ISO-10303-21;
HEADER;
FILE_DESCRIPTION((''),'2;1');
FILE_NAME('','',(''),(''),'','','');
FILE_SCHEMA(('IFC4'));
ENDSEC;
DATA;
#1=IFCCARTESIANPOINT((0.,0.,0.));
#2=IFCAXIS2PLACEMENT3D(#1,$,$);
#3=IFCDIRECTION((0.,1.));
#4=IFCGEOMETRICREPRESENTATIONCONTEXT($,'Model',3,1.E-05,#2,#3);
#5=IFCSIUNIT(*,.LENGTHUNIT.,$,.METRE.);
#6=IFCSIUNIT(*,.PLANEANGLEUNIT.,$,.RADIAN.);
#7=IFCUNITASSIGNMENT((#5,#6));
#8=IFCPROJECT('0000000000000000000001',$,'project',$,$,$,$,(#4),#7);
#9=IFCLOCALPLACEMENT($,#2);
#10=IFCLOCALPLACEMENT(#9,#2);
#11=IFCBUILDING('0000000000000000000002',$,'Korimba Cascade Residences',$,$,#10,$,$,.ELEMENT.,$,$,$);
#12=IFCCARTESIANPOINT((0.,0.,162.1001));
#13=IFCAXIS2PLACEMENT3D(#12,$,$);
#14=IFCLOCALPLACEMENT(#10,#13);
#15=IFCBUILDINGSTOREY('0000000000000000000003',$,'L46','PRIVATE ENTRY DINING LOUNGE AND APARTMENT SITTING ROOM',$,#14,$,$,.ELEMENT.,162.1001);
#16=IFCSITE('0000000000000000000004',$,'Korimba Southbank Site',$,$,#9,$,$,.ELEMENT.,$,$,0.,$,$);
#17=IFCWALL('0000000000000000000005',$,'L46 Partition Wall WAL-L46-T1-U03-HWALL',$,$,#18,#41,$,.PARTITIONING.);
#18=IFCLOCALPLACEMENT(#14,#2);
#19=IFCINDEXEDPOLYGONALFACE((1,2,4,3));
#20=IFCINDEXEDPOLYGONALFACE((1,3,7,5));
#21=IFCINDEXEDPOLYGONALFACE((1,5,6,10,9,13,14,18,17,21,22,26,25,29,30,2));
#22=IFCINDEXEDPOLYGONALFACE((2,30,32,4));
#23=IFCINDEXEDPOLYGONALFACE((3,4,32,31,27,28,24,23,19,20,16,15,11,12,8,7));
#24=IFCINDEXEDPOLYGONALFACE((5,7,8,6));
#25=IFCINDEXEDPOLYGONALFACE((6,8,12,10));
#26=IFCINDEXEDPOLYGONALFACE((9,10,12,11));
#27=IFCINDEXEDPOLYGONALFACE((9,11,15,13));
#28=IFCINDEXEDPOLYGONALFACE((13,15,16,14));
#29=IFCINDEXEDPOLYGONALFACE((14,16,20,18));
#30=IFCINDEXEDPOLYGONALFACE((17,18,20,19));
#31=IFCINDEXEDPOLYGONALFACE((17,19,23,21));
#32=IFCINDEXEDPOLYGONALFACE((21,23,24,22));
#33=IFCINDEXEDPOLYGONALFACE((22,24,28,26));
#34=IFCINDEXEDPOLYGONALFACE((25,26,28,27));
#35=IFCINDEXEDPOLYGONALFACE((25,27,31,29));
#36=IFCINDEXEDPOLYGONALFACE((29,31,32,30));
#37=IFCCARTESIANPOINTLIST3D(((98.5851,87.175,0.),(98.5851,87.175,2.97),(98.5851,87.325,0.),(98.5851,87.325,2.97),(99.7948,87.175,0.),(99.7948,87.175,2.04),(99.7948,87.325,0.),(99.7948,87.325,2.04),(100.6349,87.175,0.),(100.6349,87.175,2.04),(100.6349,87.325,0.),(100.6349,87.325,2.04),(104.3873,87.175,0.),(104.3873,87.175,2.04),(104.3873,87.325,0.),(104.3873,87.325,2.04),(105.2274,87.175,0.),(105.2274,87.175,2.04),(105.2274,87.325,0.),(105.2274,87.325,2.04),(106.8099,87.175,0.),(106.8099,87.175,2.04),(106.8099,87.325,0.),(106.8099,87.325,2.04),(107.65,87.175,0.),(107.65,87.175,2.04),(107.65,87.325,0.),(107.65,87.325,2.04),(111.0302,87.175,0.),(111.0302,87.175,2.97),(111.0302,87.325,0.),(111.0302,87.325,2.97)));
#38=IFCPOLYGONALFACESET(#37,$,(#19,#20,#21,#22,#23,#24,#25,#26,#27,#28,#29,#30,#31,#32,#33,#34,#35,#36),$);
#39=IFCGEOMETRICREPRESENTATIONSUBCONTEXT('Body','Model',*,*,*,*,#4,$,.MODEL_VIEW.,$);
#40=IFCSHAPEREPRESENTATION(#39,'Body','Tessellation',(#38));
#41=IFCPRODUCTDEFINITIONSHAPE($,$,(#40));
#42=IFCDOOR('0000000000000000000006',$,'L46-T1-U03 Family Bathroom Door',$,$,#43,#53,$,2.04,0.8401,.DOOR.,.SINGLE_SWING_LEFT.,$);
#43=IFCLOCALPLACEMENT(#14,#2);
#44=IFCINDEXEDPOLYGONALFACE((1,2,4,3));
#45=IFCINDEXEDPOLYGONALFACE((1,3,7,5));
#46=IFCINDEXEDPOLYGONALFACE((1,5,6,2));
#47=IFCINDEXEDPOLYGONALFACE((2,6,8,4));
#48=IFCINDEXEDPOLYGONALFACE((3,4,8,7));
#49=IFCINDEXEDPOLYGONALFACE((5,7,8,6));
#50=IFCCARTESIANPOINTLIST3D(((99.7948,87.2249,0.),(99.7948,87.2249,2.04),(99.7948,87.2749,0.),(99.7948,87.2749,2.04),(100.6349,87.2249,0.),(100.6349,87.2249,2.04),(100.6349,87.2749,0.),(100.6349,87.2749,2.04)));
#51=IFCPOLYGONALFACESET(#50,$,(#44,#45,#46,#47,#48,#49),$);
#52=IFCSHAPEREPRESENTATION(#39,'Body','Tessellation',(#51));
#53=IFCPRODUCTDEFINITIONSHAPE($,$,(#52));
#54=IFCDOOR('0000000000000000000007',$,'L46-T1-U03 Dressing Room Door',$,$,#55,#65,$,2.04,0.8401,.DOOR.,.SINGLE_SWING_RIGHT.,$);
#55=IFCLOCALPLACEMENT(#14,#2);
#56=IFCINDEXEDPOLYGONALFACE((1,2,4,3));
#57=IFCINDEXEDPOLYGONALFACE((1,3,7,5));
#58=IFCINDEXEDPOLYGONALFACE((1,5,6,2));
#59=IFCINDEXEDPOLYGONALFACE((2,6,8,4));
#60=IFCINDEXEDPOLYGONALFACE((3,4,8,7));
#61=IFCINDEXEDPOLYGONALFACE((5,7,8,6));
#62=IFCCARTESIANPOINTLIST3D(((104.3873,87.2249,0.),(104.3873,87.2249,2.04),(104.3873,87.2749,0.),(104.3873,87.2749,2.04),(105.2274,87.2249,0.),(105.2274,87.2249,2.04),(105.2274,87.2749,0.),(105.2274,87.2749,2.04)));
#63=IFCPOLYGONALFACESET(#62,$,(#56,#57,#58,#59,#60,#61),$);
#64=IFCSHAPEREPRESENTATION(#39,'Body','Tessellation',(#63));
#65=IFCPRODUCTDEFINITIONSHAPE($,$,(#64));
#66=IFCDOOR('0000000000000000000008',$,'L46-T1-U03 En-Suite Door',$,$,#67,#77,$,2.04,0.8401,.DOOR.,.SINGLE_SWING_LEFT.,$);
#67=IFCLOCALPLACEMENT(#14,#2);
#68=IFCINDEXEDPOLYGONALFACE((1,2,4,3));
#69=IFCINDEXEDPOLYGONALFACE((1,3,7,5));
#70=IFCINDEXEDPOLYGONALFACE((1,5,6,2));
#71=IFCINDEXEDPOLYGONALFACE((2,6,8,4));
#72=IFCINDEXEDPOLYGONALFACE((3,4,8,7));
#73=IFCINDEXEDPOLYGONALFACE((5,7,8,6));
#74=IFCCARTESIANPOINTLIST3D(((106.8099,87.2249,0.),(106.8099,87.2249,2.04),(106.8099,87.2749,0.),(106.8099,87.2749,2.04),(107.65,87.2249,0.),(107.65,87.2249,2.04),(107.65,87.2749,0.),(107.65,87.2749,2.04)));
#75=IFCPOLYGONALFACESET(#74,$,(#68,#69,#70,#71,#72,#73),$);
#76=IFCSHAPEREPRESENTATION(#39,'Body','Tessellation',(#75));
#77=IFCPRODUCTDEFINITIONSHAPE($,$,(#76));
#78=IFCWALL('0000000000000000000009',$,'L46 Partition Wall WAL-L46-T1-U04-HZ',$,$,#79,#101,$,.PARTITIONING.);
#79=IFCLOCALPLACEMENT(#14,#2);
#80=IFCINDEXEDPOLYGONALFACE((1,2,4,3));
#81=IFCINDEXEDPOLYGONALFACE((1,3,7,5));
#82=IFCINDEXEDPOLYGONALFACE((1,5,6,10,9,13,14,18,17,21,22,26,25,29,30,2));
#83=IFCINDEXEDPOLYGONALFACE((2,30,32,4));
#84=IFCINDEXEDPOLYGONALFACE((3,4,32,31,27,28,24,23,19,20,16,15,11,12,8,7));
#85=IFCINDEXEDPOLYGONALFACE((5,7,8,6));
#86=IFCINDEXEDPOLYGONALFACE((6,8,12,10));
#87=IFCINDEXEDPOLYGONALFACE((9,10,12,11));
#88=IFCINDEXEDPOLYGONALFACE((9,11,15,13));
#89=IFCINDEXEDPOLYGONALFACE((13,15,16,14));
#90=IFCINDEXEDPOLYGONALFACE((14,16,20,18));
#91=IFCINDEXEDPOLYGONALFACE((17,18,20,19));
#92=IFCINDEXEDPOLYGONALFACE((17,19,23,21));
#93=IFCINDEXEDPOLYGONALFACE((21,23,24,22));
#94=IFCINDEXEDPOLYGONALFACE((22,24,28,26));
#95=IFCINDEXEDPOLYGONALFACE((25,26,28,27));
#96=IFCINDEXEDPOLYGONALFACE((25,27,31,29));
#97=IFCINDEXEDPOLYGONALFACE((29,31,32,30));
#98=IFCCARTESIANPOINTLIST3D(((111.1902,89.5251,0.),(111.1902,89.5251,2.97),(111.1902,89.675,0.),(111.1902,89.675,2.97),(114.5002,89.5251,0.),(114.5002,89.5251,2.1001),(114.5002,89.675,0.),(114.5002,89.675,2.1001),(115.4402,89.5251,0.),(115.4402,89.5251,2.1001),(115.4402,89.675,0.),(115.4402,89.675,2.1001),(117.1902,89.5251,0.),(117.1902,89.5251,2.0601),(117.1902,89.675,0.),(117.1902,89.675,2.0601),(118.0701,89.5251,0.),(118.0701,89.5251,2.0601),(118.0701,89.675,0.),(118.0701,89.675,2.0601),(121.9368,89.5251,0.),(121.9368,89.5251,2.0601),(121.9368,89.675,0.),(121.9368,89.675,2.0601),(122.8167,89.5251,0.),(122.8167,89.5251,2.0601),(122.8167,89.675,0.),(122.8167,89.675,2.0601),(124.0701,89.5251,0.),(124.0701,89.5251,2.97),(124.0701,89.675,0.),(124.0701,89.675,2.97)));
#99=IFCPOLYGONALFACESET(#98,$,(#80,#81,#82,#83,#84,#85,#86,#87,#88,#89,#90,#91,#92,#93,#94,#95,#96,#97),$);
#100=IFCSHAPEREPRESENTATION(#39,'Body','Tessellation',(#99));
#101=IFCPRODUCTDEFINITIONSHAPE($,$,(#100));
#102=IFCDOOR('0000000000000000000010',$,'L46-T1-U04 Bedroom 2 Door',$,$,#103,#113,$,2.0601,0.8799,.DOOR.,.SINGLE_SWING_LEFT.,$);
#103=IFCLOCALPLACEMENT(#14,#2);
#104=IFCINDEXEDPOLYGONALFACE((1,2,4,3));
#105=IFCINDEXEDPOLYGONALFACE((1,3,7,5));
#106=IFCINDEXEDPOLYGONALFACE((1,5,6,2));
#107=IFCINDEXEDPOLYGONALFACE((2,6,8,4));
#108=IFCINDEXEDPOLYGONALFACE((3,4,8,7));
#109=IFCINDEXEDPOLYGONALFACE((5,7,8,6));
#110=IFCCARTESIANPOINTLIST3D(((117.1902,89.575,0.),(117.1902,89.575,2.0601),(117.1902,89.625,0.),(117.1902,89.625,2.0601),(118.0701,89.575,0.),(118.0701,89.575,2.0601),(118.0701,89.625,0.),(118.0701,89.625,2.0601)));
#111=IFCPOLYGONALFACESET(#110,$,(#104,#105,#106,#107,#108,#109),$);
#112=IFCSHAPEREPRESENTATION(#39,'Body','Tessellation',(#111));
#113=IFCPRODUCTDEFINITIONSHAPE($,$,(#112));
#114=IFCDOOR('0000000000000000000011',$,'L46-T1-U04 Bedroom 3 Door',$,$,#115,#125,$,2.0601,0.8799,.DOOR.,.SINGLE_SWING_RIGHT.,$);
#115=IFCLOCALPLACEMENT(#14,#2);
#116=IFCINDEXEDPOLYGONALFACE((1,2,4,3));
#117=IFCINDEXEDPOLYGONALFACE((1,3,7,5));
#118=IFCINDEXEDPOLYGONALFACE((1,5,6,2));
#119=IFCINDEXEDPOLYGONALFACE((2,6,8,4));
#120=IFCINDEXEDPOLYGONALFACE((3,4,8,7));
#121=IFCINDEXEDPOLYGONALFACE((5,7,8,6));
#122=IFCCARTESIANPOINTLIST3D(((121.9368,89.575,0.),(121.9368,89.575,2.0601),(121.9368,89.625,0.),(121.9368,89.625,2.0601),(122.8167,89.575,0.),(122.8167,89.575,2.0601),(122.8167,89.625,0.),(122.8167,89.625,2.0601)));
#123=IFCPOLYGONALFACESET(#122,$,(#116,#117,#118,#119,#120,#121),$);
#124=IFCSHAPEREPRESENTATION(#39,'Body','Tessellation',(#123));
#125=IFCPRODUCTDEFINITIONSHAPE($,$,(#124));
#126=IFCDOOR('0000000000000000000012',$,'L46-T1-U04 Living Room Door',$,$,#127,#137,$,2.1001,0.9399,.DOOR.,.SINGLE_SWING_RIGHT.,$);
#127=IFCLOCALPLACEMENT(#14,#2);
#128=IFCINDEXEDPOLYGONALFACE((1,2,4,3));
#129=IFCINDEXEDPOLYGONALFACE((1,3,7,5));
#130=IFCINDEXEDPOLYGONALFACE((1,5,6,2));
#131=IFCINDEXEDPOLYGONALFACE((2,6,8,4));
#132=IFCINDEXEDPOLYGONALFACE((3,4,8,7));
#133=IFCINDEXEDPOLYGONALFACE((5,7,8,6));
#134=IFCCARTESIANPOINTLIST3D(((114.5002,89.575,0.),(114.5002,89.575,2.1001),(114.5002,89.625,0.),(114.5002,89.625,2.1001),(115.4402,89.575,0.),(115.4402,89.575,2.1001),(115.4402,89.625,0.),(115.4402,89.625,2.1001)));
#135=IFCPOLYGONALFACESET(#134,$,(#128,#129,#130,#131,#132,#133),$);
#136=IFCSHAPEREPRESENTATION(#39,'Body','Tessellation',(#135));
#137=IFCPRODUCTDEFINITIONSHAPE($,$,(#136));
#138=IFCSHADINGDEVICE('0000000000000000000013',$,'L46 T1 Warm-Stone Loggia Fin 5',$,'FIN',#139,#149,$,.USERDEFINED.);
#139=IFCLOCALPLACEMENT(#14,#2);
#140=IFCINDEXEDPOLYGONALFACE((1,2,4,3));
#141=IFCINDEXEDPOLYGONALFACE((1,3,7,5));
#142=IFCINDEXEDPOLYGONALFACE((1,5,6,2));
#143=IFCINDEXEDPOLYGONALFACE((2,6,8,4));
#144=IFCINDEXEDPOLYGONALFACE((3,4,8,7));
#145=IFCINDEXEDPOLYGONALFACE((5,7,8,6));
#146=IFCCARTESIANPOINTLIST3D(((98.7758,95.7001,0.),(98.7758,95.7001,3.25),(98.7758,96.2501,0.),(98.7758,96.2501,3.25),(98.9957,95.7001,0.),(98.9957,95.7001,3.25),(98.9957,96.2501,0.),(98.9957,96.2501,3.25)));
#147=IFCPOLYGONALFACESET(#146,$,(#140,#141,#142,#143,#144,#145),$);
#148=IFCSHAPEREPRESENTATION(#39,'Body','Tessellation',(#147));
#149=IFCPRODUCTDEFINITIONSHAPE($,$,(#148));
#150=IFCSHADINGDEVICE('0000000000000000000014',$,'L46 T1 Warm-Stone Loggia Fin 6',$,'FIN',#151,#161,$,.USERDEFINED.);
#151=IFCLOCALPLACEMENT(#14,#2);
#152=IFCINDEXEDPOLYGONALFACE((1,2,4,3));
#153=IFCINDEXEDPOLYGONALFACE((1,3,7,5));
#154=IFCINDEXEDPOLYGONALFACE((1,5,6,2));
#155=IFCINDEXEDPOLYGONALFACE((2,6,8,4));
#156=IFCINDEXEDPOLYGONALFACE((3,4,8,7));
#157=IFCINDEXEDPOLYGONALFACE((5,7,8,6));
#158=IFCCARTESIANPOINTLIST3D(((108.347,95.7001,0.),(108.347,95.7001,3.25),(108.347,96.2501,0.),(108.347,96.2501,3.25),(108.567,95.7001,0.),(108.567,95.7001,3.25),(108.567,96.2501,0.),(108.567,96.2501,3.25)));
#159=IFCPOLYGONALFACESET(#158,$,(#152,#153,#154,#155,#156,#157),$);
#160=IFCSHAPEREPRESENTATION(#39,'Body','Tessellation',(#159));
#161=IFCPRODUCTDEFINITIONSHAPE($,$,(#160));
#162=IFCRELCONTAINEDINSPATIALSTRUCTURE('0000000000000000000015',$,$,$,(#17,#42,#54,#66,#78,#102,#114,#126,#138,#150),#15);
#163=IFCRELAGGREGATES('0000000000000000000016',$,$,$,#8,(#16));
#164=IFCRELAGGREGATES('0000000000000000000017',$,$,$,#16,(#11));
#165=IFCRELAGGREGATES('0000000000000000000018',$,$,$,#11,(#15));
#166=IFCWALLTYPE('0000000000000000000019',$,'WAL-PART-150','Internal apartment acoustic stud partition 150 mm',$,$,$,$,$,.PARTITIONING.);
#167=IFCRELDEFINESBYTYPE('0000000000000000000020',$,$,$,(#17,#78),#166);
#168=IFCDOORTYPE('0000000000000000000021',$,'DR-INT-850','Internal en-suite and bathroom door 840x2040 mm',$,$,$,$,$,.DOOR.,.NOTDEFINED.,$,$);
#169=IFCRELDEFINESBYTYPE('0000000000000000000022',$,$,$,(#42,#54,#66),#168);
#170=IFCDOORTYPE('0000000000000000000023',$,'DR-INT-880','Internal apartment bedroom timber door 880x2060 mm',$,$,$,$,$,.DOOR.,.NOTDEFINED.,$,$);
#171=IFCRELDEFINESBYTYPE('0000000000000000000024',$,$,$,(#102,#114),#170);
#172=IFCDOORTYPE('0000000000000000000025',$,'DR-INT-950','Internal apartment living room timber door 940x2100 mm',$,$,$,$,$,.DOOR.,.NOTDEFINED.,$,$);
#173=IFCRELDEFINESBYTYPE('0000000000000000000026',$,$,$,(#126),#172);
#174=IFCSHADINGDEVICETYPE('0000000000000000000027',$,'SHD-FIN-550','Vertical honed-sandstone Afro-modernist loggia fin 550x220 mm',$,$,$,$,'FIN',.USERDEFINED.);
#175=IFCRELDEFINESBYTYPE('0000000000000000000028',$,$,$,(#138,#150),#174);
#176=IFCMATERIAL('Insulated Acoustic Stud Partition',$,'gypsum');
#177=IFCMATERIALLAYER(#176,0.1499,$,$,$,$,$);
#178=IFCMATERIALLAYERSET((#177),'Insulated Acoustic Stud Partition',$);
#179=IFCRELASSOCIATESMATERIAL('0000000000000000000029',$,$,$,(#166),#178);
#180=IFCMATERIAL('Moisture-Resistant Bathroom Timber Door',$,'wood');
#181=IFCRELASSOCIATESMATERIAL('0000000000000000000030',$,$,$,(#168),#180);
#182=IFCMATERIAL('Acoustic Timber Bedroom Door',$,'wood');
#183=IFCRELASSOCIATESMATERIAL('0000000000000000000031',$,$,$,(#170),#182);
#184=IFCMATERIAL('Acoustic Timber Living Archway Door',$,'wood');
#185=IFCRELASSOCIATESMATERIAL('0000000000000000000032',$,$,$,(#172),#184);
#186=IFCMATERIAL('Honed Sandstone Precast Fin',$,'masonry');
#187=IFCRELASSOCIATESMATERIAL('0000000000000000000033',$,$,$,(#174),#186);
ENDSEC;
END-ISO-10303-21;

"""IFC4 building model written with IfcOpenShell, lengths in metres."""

from ifc_helpers import new_model, si_unit, direction, frame, frame_2d, origin, origin_2d, place, context, subcontext, project, spatial, rectangle, extrude, material, layer, layer_set, type_object, element, fill, save


model = new_model("IFC4")

# Units and contexts
model_context = context("Model", 3, precision=1e-05, world=origin(), true_north=direction((0.0, 1.0)))
body_context = subcontext(model_context, "Body", "Model", "MODEL_VIEW")
ifc_project = project(units=[si_unit("LENGTHUNIT", "METRE"), si_unit("PLANEANGLEUNIT", "RADIAN")], contexts=[model_context])

# Site, building, storey
site_placement = place(None, origin())
site = spatial("IfcSite", under=ifc_project, at=site_placement, Name="Korimba Southbank Site", CompositionType="ELEMENT", RefElevation=0.0)
building_placement = place(site_placement, origin())
building = spatial("IfcBuilding", under=site, at=building_placement, Name="Korimba Cascade Residences", CompositionType="ELEMENT")
storey_placement = place(building_placement, frame((0.0, 0.0, 162.1001)))
storey = spatial("IfcBuildingStorey", under=building, at=storey_placement, Name="L46", Description="PRIVATE ENTRY DINING LOUNGE AND APARTMENT SITTING ROOM", CompositionType="ELEMENT", Elevation=162.1001)

# Shared definitions
ifc_material_1 = material(Name="Insulated Acoustic Stud Partition", Category="gypsum")
ifc_layer = layer(ifc_material_1, 0.1499)
ifc_layer_set = layer_set([ifc_layer], Name="Insulated Acoustic Stud Partition")
wall_type = type_object("IfcWallType", Name="WAL-PART-150", Description="Internal apartment acoustic stud partition 150 mm", PredefinedType="PARTITIONING", material=ifc_layer_set)

# Walls, openings, doors
wall_1_placement = place(storey_placement, frame((98.585, 87.25, 0.0), z_axis=(0.0, 0.0, 1.0), x_axis=(1.0, 0.0, 0.0)))
wall_1 = element("IfcWall", 1, at=wall_1_placement, inside=storey, type_object=wall_type, Name="L46 Partition Wall WAL-L46-T1-U03-HWALL", PredefinedType="PARTITIONING", context=body_context, shape_type="SweptSolid", body=[
    extrude(rectangle(XDim=12.4451, YDim=0.1499, at=frame_2d((6.2227, 0.0))), origin(), (0.0, 0.0, 1.0), 2.97),
])
opening_1_placement = place(wall_1_placement, frame((1.21, 0.0, 0.0)))
opening_1 = element("IfcOpeningElement", 2, at=opening_1_placement, cuts=wall_1, PredefinedType="OPENING", context=body_context, shape_type="SweptSolid", body=[
    extrude(rectangle(XDim=0.8401, YDim=2.04, at=frame_2d((0.4199, 1.02))), frame((0.0, 0.085, 0.0), z_axis=(0.0, -1.0, 0.0), x_axis=(1.0, 0.0, 0.0)), (0.0, 0.0, 1.0), 0.1699),
])
opening_2_placement = place(wall_1_placement, frame((5.8025, 0.0, 0.0)))
opening_2 = element("IfcOpeningElement", 3, at=opening_2_placement, cuts=wall_1, PredefinedType="OPENING", context=body_context, shape_type="SweptSolid", body=[
    extrude(rectangle(XDim=0.8401, YDim=2.04, at=frame_2d((0.4199, 1.02))), frame((0.0, 0.085, 0.0), z_axis=(0.0, -1.0, 0.0), x_axis=(1.0, 0.0, 0.0)), (0.0, 0.0, 1.0), 0.1699),
])
opening_3_placement = place(wall_1_placement, frame((8.2251, 0.0, 0.0)))
opening_3 = element("IfcOpeningElement", 4, at=opening_3_placement, cuts=wall_1, PredefinedType="OPENING", context=body_context, shape_type="SweptSolid", body=[
    extrude(rectangle(XDim=0.8401, YDim=2.04, at=frame_2d((0.4199, 1.02))), frame((0.0, 0.085, 0.0), z_axis=(0.0, -1.0, 0.0), x_axis=(1.0, 0.0, 0.0)), (0.0, 0.0, 1.0), 0.1699),
])
ifc_material_2 = material(Name="Moisture-Resistant Bathroom Timber Door", Category="wood")
door_type_1 = type_object("IfcDoorType", Name="DR-INT-850", Description="Internal en-suite and bathroom door 840x2040 mm", OperationType="NOTDEFINED", PredefinedType="DOOR", material=ifc_material_2)
door_1_placement = place(opening_1_placement, origin())
door_1 = element("IfcDoor", 5, at=door_1_placement, inside=storey, type_object=door_type_1, Name="L46-T1-U03 Family Bathroom Door", OperationType="SINGLE_SWING_LEFT", OverallHeight=2.04, OverallWidth=0.8401, PredefinedType="DOOR", context=body_context, shape_type="SweptSolid", body=[
    extrude(rectangle(XDim=0.8401, YDim=2.04, at=frame_2d((0.4199, 1.02))), frame((0.0, 0.0249, 0.0), z_axis=(0.0, -1.0, 0.0), x_axis=(1.0, 0.0, 0.0)), (0.0, 0.0, 1.0), 0.05),
])
fill(opening_1, door_1)
door_2_placement = place(opening_2_placement, origin())
door_2 = element("IfcDoor", 6, at=door_2_placement, inside=storey, type_object=door_type_1, Name="L46-T1-U03 Dressing Room Door", OperationType="SINGLE_SWING_RIGHT", OverallHeight=2.04, OverallWidth=0.8401, PredefinedType="DOOR", context=body_context, shape_type="SweptSolid", body=[
    extrude(rectangle(XDim=0.8401, YDim=2.04, at=frame_2d((0.4199, 1.02))), frame((0.0, 0.0249, 0.0), z_axis=(0.0, -1.0, 0.0), x_axis=(1.0, 0.0, 0.0)), (0.0, 0.0, 1.0), 0.05),
])
fill(opening_2, door_2)
door_3_placement = place(opening_3_placement, origin())
door_3 = element("IfcDoor", 7, at=door_3_placement, inside=storey, type_object=door_type_1, Name="L46-T1-U03 En-Suite Door", OperationType="SINGLE_SWING_LEFT", OverallHeight=2.04, OverallWidth=0.8401, PredefinedType="DOOR", context=body_context, shape_type="SweptSolid", body=[
    extrude(rectangle(XDim=0.8401, YDim=2.04, at=frame_2d((0.4199, 1.02))), frame((0.0, 0.0249, 0.0), z_axis=(0.0, -1.0, 0.0), x_axis=(1.0, 0.0, 0.0)), (0.0, 0.0, 1.0), 0.05),
])
fill(opening_3, door_3)
wall_2_placement = place(storey_placement, frame((111.1902, 89.6001, 0.0), z_axis=(0.0, 0.0, 1.0), x_axis=(1.0, 0.0, 0.0)))
wall_2 = element("IfcWall", 8, at=wall_2_placement, inside=storey, type_object=wall_type, Name="L46 Partition Wall WAL-L46-T1-U04-HZ", PredefinedType="PARTITIONING", context=body_context, shape_type="SweptSolid", body=[
    extrude(rectangle(XDim=12.8799, YDim=0.1499, at=frame_2d((6.4399, 0.0))), origin(), (0.0, 0.0, 1.0), 2.97),
])
opening_4_placement = place(wall_2_placement, frame((3.3101, 0.0, 0.0)))
opening_4 = element("IfcOpeningElement", 9, at=opening_4_placement, cuts=wall_2, PredefinedType="OPENING", context=body_context, shape_type="SweptSolid", body=[
    extrude(rectangle(XDim=0.9399, YDim=2.1001, at=frame_2d((0.47, 1.05))), frame((0.0, 0.085, 0.0), z_axis=(0.0, -1.0, 0.0), x_axis=(1.0, 0.0, 0.0)), (0.0, 0.0, 1.0), 0.1699),
])
opening_5_placement = place(wall_2_placement, frame((6.0, 0.0, 0.0)))
opening_5 = element("IfcOpeningElement", 10, at=opening_5_placement, cuts=wall_2, PredefinedType="OPENING", context=body_context, shape_type="SweptSolid", body=[
    extrude(rectangle(XDim=0.8799, YDim=2.0601, at=frame_2d((0.4399, 1.03))), frame((0.0, 0.085, 0.0), z_axis=(0.0, -1.0, 0.0), x_axis=(1.0, 0.0, 0.0)), (0.0, 0.0, 1.0), 0.1699),
])
opening_6_placement = place(wall_2_placement, frame((10.7466, 0.0, 0.0)))
opening_6 = element("IfcOpeningElement", 11, at=opening_6_placement, cuts=wall_2, PredefinedType="OPENING", context=body_context, shape_type="SweptSolid", body=[
    extrude(rectangle(XDim=0.8799, YDim=2.0601, at=frame_2d((0.4399, 1.03))), frame((0.0, 0.085, 0.0), z_axis=(0.0, -1.0, 0.0), x_axis=(1.0, 0.0, 0.0)), (0.0, 0.0, 1.0), 0.1699),
])
ifc_material_3 = material(Name="Acoustic Timber Bedroom Door", Category="wood")
door_type_2 = type_object("IfcDoorType", Name="DR-INT-880", Description="Internal apartment bedroom timber door 880x2060 mm", OperationType="NOTDEFINED", PredefinedType="DOOR", material=ifc_material_3)
door_4_placement = place(opening_5_placement, origin())
door_4 = element("IfcDoor", 12, at=door_4_placement, inside=storey, type_object=door_type_2, Name="L46-T1-U04 Bedroom 2 Door", OperationType="SINGLE_SWING_LEFT", OverallHeight=2.0601, OverallWidth=0.8799, PredefinedType="DOOR", context=body_context, shape_type="SweptSolid", body=[
    extrude(rectangle(XDim=0.8799, YDim=2.0601, at=frame_2d((0.4399, 1.03))), frame((0.0, 0.0249, 0.0), z_axis=(0.0, -1.0, 0.0), x_axis=(1.0, 0.0, 0.0)), (0.0, 0.0, 1.0), 0.05),
])
fill(opening_5, door_4)
door_5_placement = place(opening_6_placement, origin())
door_5 = element("IfcDoor", 13, at=door_5_placement, inside=storey, type_object=door_type_2, Name="L46-T1-U04 Bedroom 3 Door", OperationType="SINGLE_SWING_RIGHT", OverallHeight=2.0601, OverallWidth=0.8799, PredefinedType="DOOR", context=body_context, shape_type="SweptSolid", body=[
    extrude(rectangle(XDim=0.8799, YDim=2.0601, at=frame_2d((0.4399, 1.03))), frame((0.0, 0.0249, 0.0), z_axis=(0.0, -1.0, 0.0), x_axis=(1.0, 0.0, 0.0)), (0.0, 0.0, 1.0), 0.05),
])
fill(opening_6, door_5)
ifc_material_4 = material(Name="Acoustic Timber Living Archway Door", Category="wood")
door_type_3 = type_object("IfcDoorType", Name="DR-INT-950", Description="Internal apartment living room timber door 940x2100 mm", OperationType="NOTDEFINED", PredefinedType="DOOR", material=ifc_material_4)
door_6_placement = place(opening_4_placement, origin())
door_6 = element("IfcDoor", 14, at=door_6_placement, inside=storey, type_object=door_type_3, Name="L46-T1-U04 Living Room Door", OperationType="SINGLE_SWING_RIGHT", OverallHeight=2.1001, OverallWidth=0.9399, PredefinedType="DOOR", context=body_context, shape_type="SweptSolid", body=[
    extrude(rectangle(XDim=0.9399, YDim=2.1001, at=frame_2d((0.47, 1.05))), frame((0.0, 0.0249, 0.0), z_axis=(0.0, -1.0, 0.0), x_axis=(1.0, 0.0, 0.0)), (0.0, 0.0, 1.0), 0.05),
])
fill(opening_4, door_6)

# Shading devices
ifc_material_5 = material(Name="Honed Sandstone Precast Fin", Category="masonry")
shading_device_type = type_object("IfcShadingDeviceType", Name="SHD-FIN-550", Description="Vertical honed-sandstone Afro-modernist loggia fin 550x220 mm", ElementType="FIN", PredefinedType="USERDEFINED", material=ifc_material_5)
for number, where, z_axis, x_axis, name in (
    (15, (98.8857, 95.9751, 0.0), (0.0, 0.0, 1.0), (1.0, 0.0, 0.0), "L46 T1 Warm-Stone Loggia Fin 5"),
    (16, (108.457, 95.9751, 0.0), (0.0, 0.0, 1.0), (1.0, 0.0, 0.0), "L46 T1 Warm-Stone Loggia Fin 6"),
):
    element("IfcShadingDevice", number, at=place(storey_placement, frame(where, z_axis=z_axis, x_axis=x_axis)), inside=storey, type_object=shading_device_type, Name=name, ObjectType="FIN", PredefinedType="USERDEFINED", context=body_context, shape_type="SweptSolid", body=[
        extrude(rectangle(XDim=0.22, YDim=0.55, at=origin_2d()), origin(), (0.0, 0.0, 1.0), 3.25),
    ])

save(model, "model.ifc")
